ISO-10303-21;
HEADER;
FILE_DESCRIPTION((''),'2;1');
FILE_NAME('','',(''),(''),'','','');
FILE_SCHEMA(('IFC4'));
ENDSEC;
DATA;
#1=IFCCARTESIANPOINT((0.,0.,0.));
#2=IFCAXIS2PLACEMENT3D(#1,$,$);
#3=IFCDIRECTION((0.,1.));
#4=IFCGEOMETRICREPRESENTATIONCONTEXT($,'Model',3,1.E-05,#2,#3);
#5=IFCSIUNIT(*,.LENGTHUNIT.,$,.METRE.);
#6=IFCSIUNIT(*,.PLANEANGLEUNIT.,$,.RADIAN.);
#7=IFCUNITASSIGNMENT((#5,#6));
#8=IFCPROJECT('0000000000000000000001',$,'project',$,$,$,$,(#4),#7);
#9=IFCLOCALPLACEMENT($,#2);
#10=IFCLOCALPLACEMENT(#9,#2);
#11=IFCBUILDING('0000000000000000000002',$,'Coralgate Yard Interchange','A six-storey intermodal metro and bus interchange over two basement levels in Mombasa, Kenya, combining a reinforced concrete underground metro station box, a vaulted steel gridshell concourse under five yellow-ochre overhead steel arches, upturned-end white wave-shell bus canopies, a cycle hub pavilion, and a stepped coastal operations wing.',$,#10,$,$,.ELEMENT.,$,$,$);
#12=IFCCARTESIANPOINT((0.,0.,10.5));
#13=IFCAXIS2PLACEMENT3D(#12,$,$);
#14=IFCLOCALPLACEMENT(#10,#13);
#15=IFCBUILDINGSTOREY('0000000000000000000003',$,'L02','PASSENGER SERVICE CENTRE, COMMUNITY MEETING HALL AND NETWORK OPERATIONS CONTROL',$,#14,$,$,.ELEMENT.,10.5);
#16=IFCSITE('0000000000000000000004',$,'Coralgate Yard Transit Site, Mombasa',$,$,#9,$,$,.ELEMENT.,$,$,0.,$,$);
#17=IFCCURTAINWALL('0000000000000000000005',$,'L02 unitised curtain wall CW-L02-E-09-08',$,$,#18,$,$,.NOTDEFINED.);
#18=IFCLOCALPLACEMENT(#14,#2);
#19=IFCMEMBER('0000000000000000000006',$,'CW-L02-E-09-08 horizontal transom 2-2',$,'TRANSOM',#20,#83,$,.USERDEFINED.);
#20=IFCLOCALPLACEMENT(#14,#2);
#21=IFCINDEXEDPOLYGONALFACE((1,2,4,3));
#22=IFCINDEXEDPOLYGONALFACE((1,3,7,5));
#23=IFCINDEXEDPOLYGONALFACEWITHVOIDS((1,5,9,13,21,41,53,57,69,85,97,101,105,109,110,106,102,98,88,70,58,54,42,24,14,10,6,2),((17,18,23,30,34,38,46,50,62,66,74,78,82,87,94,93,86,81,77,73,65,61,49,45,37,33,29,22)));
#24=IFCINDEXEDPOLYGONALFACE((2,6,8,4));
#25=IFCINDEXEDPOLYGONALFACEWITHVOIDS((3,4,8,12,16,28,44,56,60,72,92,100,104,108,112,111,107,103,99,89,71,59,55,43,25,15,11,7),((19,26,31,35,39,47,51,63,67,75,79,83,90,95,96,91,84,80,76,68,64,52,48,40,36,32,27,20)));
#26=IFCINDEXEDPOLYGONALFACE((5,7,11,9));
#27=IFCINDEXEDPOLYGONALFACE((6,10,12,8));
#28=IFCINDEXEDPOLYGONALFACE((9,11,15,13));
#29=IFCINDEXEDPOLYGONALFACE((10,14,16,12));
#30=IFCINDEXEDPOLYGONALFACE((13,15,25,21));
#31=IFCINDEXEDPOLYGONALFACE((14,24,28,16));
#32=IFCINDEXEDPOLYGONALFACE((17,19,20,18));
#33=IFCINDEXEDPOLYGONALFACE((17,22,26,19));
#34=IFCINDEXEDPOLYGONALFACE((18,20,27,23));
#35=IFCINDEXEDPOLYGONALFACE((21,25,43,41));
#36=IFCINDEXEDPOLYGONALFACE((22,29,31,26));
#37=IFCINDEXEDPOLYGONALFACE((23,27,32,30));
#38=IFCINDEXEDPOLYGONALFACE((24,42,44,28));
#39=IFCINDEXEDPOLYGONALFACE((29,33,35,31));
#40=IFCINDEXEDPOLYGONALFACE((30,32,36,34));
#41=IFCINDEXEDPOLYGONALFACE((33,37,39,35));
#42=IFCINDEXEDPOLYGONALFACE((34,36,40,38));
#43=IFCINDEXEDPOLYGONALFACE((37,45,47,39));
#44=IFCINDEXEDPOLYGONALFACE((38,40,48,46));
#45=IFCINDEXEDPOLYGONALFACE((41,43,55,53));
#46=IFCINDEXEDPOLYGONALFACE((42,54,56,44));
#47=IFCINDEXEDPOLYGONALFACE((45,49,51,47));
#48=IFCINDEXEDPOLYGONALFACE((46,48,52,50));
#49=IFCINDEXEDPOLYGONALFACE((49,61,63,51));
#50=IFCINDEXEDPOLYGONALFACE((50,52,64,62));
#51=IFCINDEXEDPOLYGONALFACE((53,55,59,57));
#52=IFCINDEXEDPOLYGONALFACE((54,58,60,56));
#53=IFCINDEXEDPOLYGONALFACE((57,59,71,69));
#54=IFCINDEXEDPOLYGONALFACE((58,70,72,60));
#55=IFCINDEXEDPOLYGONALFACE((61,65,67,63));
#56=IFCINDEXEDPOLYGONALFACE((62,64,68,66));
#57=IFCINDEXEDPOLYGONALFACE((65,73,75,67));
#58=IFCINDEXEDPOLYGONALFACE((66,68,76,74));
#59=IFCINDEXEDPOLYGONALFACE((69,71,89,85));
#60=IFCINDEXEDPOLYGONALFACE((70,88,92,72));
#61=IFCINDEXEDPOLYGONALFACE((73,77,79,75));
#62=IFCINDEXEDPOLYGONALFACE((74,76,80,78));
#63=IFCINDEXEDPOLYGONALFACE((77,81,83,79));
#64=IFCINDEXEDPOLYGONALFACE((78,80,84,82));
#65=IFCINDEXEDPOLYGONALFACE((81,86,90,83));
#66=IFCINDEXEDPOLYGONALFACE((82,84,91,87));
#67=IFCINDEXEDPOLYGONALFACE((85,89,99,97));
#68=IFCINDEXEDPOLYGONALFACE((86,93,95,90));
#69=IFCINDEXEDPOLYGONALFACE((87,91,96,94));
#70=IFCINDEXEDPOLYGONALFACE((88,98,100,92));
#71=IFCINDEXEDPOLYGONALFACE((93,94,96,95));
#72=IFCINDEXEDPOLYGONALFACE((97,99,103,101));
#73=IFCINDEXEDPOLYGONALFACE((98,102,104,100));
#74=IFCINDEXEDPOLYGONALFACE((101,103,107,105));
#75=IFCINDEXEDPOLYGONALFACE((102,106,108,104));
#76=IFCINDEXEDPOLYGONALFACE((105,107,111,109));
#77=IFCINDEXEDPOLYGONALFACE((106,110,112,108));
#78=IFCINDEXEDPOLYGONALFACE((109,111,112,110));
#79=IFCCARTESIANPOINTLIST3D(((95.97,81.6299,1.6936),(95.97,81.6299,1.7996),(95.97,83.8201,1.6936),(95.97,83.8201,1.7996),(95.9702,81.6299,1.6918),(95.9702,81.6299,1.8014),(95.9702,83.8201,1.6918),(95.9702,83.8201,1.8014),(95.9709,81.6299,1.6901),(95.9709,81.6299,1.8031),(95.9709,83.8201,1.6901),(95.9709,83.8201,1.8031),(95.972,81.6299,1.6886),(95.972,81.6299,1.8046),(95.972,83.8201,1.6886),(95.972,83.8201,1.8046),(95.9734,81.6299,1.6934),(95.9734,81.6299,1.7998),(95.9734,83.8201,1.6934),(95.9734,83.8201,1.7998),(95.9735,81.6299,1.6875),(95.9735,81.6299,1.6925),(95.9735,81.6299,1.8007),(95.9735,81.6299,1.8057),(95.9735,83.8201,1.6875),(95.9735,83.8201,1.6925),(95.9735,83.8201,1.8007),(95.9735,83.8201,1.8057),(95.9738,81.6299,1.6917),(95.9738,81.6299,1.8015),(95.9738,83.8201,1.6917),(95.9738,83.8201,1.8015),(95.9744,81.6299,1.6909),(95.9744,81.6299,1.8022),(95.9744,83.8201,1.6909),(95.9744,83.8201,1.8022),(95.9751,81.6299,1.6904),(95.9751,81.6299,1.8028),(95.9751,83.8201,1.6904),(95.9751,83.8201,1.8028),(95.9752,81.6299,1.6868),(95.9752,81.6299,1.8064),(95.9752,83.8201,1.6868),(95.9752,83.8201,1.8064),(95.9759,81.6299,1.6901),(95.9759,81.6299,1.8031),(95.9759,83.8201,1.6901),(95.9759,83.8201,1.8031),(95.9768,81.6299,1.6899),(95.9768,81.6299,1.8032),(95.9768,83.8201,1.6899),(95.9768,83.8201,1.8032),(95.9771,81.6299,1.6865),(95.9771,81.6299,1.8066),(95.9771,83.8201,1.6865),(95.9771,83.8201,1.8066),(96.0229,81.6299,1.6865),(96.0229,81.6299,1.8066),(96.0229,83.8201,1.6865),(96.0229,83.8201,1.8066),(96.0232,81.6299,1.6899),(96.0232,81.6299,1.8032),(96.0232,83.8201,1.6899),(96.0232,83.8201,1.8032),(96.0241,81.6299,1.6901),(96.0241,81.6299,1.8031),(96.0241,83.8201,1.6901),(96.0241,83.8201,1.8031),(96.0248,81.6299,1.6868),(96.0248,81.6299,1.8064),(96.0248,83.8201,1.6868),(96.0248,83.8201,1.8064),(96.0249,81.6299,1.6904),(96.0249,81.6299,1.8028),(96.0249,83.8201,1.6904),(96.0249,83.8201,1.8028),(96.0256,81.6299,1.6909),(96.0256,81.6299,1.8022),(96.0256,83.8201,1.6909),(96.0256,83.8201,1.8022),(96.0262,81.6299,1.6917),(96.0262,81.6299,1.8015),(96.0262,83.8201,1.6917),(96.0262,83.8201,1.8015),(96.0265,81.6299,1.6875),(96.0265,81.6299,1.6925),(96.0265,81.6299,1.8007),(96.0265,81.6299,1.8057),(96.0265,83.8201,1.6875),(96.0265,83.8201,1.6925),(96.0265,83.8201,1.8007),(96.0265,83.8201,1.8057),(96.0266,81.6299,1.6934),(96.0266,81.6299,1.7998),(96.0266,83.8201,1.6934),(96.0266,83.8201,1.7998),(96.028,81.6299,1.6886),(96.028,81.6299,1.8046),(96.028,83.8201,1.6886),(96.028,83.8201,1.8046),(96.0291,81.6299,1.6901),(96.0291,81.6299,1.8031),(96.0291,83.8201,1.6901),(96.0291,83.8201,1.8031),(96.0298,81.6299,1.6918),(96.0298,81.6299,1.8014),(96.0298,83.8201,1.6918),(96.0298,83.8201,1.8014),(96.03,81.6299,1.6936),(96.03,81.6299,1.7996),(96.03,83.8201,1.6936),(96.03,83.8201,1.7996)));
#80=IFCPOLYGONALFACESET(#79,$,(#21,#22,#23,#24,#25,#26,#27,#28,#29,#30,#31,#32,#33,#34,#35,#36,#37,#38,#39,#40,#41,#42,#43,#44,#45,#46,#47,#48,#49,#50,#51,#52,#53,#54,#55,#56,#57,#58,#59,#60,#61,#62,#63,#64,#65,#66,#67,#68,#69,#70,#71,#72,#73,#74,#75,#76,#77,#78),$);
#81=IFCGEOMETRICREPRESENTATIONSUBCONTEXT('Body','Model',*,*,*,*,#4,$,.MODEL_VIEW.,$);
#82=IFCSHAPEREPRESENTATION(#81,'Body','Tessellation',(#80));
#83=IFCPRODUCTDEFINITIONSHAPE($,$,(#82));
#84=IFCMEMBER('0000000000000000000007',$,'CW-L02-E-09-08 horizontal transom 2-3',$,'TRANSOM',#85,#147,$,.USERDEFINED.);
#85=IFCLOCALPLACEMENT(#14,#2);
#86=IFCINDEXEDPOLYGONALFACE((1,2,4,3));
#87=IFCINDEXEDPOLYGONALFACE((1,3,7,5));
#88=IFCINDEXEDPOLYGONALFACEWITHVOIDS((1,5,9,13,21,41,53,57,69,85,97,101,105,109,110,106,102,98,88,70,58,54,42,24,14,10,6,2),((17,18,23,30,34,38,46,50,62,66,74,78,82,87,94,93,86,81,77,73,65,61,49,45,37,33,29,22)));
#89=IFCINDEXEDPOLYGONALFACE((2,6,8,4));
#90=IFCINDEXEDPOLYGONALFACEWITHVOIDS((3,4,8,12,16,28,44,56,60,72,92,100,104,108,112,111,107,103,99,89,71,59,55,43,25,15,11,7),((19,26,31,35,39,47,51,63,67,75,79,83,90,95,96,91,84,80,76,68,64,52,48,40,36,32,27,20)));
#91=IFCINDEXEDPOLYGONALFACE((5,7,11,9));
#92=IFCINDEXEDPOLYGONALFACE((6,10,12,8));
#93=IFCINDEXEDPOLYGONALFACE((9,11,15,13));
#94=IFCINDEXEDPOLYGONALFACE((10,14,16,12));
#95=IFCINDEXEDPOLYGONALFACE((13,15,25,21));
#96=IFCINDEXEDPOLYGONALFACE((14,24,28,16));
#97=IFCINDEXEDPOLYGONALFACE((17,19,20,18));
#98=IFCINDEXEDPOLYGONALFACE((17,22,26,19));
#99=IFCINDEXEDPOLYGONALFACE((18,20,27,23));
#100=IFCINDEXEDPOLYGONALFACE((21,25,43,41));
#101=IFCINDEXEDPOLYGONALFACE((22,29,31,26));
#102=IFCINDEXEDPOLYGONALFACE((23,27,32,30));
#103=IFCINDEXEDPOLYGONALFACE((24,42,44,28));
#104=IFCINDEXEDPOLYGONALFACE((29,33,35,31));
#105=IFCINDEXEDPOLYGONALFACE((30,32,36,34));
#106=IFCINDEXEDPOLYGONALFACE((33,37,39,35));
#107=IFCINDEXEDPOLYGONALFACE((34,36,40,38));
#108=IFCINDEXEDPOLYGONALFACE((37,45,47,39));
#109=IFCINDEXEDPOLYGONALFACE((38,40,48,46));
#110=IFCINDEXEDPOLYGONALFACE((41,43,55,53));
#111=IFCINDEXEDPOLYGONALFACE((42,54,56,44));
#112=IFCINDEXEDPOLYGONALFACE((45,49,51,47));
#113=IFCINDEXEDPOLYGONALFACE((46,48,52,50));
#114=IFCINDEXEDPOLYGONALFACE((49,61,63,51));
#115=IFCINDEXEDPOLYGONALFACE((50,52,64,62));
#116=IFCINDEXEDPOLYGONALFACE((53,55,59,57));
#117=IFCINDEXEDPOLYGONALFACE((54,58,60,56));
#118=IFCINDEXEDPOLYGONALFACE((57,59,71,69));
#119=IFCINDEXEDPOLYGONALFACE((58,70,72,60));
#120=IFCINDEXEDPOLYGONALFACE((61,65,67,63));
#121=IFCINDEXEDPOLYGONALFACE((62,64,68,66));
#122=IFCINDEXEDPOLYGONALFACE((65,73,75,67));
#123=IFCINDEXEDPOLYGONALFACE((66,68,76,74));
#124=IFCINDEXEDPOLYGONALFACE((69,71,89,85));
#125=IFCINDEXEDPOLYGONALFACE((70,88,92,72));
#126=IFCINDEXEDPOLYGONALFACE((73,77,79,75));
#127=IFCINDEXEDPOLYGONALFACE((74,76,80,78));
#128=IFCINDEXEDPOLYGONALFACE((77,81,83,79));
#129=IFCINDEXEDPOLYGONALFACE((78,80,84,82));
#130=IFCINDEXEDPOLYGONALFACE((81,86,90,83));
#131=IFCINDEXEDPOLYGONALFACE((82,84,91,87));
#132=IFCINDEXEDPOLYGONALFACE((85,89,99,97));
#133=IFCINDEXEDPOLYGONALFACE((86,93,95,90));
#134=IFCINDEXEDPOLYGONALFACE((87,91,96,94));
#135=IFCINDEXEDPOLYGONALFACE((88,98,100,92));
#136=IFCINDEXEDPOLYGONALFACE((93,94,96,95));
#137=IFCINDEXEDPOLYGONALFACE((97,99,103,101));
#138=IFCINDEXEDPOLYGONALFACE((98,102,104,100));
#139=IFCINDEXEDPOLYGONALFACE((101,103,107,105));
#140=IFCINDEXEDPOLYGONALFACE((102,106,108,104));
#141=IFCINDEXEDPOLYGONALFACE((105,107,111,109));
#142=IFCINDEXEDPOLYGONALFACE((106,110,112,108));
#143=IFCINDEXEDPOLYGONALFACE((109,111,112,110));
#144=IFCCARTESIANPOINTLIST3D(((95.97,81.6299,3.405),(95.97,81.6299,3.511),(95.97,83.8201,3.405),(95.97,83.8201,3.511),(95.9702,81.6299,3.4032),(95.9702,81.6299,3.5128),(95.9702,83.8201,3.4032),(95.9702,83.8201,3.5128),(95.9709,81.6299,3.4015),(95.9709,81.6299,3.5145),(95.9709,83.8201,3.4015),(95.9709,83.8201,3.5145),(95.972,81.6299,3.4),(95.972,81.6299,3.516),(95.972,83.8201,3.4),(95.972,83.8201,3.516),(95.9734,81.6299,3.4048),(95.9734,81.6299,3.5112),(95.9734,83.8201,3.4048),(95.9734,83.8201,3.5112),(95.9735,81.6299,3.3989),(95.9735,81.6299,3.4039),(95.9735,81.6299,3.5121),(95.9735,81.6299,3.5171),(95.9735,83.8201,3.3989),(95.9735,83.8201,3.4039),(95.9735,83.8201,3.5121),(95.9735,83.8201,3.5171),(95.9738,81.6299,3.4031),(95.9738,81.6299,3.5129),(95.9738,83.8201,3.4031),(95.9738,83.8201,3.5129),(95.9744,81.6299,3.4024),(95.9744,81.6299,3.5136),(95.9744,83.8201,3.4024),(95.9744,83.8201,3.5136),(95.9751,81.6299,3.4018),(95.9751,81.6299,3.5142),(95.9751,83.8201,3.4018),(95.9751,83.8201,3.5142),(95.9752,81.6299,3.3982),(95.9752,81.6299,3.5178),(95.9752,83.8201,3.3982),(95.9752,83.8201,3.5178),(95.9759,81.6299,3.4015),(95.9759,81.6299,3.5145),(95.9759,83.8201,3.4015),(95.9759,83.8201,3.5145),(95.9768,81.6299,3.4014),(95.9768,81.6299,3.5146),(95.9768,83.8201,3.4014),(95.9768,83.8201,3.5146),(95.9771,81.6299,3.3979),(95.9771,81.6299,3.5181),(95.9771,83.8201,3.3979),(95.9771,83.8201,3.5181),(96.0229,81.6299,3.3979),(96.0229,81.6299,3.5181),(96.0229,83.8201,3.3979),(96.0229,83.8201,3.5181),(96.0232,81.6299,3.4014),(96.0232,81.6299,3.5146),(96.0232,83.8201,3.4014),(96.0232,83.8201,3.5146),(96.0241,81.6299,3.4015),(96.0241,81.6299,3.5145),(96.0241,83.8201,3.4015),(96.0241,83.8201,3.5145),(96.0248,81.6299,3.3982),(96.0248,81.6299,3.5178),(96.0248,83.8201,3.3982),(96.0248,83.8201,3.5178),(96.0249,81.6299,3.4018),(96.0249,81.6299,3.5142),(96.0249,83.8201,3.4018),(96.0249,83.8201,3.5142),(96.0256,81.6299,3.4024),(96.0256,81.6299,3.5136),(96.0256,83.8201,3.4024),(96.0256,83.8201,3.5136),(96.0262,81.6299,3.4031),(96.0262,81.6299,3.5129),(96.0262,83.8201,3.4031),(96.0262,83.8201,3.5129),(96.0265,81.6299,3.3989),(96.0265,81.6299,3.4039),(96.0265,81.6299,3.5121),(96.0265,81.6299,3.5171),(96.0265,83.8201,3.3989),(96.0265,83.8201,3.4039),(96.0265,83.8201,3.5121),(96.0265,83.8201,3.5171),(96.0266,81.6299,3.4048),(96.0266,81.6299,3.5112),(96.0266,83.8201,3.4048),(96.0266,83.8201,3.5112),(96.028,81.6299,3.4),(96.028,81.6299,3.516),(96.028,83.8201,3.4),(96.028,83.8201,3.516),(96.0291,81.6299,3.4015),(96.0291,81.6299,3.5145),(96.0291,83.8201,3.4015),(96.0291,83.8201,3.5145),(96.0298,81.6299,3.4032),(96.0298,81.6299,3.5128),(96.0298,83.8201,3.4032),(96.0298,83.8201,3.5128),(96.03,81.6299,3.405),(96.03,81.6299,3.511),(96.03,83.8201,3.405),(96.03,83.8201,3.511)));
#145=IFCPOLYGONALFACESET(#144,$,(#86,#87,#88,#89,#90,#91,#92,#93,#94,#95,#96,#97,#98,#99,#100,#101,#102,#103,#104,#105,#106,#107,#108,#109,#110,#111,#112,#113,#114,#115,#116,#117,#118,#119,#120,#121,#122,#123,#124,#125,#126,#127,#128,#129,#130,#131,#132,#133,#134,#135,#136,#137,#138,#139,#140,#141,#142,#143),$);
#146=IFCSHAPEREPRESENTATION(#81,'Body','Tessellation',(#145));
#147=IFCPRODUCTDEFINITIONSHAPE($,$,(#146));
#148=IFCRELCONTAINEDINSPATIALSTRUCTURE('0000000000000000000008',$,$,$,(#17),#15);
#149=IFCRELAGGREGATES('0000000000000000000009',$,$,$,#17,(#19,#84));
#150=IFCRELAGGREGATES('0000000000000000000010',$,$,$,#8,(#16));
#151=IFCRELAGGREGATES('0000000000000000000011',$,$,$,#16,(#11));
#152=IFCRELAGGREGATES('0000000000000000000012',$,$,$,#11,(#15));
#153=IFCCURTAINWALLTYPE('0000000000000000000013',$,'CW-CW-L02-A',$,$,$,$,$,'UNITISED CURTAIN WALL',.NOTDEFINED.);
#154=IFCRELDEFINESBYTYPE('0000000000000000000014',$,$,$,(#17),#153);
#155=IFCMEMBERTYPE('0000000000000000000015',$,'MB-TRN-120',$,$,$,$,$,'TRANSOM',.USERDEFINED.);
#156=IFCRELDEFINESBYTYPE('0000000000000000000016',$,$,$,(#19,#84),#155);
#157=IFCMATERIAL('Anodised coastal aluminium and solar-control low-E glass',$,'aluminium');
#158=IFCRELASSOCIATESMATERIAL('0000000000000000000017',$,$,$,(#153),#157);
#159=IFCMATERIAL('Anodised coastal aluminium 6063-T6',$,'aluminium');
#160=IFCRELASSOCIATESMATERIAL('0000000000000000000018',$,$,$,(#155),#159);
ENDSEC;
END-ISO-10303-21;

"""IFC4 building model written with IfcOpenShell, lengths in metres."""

from ifc_helpers import new_model, si_unit, direction, frame, origin, origin_2d, place, context, subcontext, project, spatial, hollow_rectangle, extrude, material, material_profile, profile_set, type_object, element, aggregate, save


model = new_model("IFC4")

# Units and contexts
model_context = context("Model", 3, precision=1e-05, world=origin(), true_north=direction((0.0, 1.0)))
body_context = subcontext(model_context, "Body", "Model", "MODEL_VIEW")
ifc_project = project(units=[si_unit("LENGTHUNIT", "METRE"), si_unit("PLANEANGLEUNIT", "RADIAN")], contexts=[model_context])

# Site, building, storey
site_placement = place(None, origin())
site = spatial("IfcSite", under=ifc_project, at=site_placement, Name="Coralgate Yard Transit Site, Mombasa", CompositionType="ELEMENT", RefElevation=0.0)
building_placement = place(site_placement, origin())
building = spatial("IfcBuilding", under=site, at=building_placement, Name="Coralgate Yard Interchange", Description="A six-storey intermodal metro and bus interchange over two basement levels in Mombasa, Kenya, combining a reinforced concrete underground metro station box, a vaulted steel gridshell concourse under five yellow-ochre overhead steel arches, upturned-end white wave-shell bus canopies, a cycle hub pavilion, and a stepped coastal operations wing.", CompositionType="ELEMENT")
storey_placement = place(building_placement, frame((0.0, 0.0, 10.5)))
storey = spatial("IfcBuildingStorey", under=building, at=storey_placement, Name="L02", Description="PASSENGER SERVICE CENTRE, COMMUNITY MEETING HALL AND NETWORK OPERATIONS CONTROL", CompositionType="ELEMENT", Elevation=10.5)

# Shared definitions
ifc_material_1 = material(Name="Anodised coastal aluminium and solar-control low-E glass", Category="aluminium")
curtain_wall_type = type_object("IfcCurtainWallType", Name="CW-CW-L02-A", ElementType="UNITISED CURTAIN WALL", PredefinedType="NOTDEFINED", material=ifc_material_1)
ifc_material_2 = material(Name="Anodised coastal aluminium 6063-T6", Category="aluminium")

# Curtain wall
curtain_wall_1_placement = place(storey_placement, origin())
curtain_wall_1 = element("IfcCurtainWall", 1, at=curtain_wall_1_placement, inside=storey, type_object=curtain_wall_type, Name="L02 unitised curtain wall CW-L02-E-09-08", PredefinedType="NOTDEFINED")

# Members
ifc_material_profile_1 = material_profile(ifc_material_2, hollow_rectangle(XDim=0.0601, YDim=0.1201, WallThickness=0.0034, InnerFilletRadius=0.0034, OuterFilletRadius=0.0071, at=origin_2d()), Name="ALU 60x120x3.5")
ifc_profile_set_1 = profile_set([ifc_material_profile_1], Name="Anodised coastal aluminium 6063-T6")
member_type_1 = type_object("IfcMemberType", Name="MB-TRN-120", ElementType="TRANSOM", PredefinedType="USERDEFINED", material=ifc_profile_set_1)
member_1_placement = place(storey_placement, frame((96.0, 83.8201, 1.7466), z_axis=(0.0, -1.0, 0.0), x_axis=(1.0, 0.0, 0.0)))
member_1 = element("IfcMember", 2, at=member_1_placement, type_object=member_type_1, Name="CW-L02-E-09-08 horizontal transom 2-2", ObjectType="TRANSOM", PredefinedType="USERDEFINED", context=body_context, shape_type="SweptSolid", body=[
    extrude(hollow_rectangle(XDim=0.0601, YDim=0.1201, WallThickness=0.0034, InnerFilletRadius=0.0034, OuterFilletRadius=0.0071, at=origin_2d()), origin(), (0.0, 0.0, 1.0), 2.1902),
])
member_2_placement = place(storey_placement, frame((96.0, 83.8201, 3.458), z_axis=(0.0, -1.0, 0.0), x_axis=(1.0, 0.0, 0.0)))
member_2 = element("IfcMember", 3, at=member_2_placement, type_object=member_type_1, Name="CW-L02-E-09-08 horizontal transom 2-3", ObjectType="TRANSOM", PredefinedType="USERDEFINED", context=body_context, shape_type="SweptSolid", body=[
    extrude(hollow_rectangle(XDim=0.0601, YDim=0.1201, WallThickness=0.0034, InnerFilletRadius=0.0034, OuterFilletRadius=0.0071, at=origin_2d()), origin(), (0.0, 0.0, 1.0), 2.1902),
])

aggregate(curtain_wall_1, [member_1, member_2])

save(model, "model.ifc")
